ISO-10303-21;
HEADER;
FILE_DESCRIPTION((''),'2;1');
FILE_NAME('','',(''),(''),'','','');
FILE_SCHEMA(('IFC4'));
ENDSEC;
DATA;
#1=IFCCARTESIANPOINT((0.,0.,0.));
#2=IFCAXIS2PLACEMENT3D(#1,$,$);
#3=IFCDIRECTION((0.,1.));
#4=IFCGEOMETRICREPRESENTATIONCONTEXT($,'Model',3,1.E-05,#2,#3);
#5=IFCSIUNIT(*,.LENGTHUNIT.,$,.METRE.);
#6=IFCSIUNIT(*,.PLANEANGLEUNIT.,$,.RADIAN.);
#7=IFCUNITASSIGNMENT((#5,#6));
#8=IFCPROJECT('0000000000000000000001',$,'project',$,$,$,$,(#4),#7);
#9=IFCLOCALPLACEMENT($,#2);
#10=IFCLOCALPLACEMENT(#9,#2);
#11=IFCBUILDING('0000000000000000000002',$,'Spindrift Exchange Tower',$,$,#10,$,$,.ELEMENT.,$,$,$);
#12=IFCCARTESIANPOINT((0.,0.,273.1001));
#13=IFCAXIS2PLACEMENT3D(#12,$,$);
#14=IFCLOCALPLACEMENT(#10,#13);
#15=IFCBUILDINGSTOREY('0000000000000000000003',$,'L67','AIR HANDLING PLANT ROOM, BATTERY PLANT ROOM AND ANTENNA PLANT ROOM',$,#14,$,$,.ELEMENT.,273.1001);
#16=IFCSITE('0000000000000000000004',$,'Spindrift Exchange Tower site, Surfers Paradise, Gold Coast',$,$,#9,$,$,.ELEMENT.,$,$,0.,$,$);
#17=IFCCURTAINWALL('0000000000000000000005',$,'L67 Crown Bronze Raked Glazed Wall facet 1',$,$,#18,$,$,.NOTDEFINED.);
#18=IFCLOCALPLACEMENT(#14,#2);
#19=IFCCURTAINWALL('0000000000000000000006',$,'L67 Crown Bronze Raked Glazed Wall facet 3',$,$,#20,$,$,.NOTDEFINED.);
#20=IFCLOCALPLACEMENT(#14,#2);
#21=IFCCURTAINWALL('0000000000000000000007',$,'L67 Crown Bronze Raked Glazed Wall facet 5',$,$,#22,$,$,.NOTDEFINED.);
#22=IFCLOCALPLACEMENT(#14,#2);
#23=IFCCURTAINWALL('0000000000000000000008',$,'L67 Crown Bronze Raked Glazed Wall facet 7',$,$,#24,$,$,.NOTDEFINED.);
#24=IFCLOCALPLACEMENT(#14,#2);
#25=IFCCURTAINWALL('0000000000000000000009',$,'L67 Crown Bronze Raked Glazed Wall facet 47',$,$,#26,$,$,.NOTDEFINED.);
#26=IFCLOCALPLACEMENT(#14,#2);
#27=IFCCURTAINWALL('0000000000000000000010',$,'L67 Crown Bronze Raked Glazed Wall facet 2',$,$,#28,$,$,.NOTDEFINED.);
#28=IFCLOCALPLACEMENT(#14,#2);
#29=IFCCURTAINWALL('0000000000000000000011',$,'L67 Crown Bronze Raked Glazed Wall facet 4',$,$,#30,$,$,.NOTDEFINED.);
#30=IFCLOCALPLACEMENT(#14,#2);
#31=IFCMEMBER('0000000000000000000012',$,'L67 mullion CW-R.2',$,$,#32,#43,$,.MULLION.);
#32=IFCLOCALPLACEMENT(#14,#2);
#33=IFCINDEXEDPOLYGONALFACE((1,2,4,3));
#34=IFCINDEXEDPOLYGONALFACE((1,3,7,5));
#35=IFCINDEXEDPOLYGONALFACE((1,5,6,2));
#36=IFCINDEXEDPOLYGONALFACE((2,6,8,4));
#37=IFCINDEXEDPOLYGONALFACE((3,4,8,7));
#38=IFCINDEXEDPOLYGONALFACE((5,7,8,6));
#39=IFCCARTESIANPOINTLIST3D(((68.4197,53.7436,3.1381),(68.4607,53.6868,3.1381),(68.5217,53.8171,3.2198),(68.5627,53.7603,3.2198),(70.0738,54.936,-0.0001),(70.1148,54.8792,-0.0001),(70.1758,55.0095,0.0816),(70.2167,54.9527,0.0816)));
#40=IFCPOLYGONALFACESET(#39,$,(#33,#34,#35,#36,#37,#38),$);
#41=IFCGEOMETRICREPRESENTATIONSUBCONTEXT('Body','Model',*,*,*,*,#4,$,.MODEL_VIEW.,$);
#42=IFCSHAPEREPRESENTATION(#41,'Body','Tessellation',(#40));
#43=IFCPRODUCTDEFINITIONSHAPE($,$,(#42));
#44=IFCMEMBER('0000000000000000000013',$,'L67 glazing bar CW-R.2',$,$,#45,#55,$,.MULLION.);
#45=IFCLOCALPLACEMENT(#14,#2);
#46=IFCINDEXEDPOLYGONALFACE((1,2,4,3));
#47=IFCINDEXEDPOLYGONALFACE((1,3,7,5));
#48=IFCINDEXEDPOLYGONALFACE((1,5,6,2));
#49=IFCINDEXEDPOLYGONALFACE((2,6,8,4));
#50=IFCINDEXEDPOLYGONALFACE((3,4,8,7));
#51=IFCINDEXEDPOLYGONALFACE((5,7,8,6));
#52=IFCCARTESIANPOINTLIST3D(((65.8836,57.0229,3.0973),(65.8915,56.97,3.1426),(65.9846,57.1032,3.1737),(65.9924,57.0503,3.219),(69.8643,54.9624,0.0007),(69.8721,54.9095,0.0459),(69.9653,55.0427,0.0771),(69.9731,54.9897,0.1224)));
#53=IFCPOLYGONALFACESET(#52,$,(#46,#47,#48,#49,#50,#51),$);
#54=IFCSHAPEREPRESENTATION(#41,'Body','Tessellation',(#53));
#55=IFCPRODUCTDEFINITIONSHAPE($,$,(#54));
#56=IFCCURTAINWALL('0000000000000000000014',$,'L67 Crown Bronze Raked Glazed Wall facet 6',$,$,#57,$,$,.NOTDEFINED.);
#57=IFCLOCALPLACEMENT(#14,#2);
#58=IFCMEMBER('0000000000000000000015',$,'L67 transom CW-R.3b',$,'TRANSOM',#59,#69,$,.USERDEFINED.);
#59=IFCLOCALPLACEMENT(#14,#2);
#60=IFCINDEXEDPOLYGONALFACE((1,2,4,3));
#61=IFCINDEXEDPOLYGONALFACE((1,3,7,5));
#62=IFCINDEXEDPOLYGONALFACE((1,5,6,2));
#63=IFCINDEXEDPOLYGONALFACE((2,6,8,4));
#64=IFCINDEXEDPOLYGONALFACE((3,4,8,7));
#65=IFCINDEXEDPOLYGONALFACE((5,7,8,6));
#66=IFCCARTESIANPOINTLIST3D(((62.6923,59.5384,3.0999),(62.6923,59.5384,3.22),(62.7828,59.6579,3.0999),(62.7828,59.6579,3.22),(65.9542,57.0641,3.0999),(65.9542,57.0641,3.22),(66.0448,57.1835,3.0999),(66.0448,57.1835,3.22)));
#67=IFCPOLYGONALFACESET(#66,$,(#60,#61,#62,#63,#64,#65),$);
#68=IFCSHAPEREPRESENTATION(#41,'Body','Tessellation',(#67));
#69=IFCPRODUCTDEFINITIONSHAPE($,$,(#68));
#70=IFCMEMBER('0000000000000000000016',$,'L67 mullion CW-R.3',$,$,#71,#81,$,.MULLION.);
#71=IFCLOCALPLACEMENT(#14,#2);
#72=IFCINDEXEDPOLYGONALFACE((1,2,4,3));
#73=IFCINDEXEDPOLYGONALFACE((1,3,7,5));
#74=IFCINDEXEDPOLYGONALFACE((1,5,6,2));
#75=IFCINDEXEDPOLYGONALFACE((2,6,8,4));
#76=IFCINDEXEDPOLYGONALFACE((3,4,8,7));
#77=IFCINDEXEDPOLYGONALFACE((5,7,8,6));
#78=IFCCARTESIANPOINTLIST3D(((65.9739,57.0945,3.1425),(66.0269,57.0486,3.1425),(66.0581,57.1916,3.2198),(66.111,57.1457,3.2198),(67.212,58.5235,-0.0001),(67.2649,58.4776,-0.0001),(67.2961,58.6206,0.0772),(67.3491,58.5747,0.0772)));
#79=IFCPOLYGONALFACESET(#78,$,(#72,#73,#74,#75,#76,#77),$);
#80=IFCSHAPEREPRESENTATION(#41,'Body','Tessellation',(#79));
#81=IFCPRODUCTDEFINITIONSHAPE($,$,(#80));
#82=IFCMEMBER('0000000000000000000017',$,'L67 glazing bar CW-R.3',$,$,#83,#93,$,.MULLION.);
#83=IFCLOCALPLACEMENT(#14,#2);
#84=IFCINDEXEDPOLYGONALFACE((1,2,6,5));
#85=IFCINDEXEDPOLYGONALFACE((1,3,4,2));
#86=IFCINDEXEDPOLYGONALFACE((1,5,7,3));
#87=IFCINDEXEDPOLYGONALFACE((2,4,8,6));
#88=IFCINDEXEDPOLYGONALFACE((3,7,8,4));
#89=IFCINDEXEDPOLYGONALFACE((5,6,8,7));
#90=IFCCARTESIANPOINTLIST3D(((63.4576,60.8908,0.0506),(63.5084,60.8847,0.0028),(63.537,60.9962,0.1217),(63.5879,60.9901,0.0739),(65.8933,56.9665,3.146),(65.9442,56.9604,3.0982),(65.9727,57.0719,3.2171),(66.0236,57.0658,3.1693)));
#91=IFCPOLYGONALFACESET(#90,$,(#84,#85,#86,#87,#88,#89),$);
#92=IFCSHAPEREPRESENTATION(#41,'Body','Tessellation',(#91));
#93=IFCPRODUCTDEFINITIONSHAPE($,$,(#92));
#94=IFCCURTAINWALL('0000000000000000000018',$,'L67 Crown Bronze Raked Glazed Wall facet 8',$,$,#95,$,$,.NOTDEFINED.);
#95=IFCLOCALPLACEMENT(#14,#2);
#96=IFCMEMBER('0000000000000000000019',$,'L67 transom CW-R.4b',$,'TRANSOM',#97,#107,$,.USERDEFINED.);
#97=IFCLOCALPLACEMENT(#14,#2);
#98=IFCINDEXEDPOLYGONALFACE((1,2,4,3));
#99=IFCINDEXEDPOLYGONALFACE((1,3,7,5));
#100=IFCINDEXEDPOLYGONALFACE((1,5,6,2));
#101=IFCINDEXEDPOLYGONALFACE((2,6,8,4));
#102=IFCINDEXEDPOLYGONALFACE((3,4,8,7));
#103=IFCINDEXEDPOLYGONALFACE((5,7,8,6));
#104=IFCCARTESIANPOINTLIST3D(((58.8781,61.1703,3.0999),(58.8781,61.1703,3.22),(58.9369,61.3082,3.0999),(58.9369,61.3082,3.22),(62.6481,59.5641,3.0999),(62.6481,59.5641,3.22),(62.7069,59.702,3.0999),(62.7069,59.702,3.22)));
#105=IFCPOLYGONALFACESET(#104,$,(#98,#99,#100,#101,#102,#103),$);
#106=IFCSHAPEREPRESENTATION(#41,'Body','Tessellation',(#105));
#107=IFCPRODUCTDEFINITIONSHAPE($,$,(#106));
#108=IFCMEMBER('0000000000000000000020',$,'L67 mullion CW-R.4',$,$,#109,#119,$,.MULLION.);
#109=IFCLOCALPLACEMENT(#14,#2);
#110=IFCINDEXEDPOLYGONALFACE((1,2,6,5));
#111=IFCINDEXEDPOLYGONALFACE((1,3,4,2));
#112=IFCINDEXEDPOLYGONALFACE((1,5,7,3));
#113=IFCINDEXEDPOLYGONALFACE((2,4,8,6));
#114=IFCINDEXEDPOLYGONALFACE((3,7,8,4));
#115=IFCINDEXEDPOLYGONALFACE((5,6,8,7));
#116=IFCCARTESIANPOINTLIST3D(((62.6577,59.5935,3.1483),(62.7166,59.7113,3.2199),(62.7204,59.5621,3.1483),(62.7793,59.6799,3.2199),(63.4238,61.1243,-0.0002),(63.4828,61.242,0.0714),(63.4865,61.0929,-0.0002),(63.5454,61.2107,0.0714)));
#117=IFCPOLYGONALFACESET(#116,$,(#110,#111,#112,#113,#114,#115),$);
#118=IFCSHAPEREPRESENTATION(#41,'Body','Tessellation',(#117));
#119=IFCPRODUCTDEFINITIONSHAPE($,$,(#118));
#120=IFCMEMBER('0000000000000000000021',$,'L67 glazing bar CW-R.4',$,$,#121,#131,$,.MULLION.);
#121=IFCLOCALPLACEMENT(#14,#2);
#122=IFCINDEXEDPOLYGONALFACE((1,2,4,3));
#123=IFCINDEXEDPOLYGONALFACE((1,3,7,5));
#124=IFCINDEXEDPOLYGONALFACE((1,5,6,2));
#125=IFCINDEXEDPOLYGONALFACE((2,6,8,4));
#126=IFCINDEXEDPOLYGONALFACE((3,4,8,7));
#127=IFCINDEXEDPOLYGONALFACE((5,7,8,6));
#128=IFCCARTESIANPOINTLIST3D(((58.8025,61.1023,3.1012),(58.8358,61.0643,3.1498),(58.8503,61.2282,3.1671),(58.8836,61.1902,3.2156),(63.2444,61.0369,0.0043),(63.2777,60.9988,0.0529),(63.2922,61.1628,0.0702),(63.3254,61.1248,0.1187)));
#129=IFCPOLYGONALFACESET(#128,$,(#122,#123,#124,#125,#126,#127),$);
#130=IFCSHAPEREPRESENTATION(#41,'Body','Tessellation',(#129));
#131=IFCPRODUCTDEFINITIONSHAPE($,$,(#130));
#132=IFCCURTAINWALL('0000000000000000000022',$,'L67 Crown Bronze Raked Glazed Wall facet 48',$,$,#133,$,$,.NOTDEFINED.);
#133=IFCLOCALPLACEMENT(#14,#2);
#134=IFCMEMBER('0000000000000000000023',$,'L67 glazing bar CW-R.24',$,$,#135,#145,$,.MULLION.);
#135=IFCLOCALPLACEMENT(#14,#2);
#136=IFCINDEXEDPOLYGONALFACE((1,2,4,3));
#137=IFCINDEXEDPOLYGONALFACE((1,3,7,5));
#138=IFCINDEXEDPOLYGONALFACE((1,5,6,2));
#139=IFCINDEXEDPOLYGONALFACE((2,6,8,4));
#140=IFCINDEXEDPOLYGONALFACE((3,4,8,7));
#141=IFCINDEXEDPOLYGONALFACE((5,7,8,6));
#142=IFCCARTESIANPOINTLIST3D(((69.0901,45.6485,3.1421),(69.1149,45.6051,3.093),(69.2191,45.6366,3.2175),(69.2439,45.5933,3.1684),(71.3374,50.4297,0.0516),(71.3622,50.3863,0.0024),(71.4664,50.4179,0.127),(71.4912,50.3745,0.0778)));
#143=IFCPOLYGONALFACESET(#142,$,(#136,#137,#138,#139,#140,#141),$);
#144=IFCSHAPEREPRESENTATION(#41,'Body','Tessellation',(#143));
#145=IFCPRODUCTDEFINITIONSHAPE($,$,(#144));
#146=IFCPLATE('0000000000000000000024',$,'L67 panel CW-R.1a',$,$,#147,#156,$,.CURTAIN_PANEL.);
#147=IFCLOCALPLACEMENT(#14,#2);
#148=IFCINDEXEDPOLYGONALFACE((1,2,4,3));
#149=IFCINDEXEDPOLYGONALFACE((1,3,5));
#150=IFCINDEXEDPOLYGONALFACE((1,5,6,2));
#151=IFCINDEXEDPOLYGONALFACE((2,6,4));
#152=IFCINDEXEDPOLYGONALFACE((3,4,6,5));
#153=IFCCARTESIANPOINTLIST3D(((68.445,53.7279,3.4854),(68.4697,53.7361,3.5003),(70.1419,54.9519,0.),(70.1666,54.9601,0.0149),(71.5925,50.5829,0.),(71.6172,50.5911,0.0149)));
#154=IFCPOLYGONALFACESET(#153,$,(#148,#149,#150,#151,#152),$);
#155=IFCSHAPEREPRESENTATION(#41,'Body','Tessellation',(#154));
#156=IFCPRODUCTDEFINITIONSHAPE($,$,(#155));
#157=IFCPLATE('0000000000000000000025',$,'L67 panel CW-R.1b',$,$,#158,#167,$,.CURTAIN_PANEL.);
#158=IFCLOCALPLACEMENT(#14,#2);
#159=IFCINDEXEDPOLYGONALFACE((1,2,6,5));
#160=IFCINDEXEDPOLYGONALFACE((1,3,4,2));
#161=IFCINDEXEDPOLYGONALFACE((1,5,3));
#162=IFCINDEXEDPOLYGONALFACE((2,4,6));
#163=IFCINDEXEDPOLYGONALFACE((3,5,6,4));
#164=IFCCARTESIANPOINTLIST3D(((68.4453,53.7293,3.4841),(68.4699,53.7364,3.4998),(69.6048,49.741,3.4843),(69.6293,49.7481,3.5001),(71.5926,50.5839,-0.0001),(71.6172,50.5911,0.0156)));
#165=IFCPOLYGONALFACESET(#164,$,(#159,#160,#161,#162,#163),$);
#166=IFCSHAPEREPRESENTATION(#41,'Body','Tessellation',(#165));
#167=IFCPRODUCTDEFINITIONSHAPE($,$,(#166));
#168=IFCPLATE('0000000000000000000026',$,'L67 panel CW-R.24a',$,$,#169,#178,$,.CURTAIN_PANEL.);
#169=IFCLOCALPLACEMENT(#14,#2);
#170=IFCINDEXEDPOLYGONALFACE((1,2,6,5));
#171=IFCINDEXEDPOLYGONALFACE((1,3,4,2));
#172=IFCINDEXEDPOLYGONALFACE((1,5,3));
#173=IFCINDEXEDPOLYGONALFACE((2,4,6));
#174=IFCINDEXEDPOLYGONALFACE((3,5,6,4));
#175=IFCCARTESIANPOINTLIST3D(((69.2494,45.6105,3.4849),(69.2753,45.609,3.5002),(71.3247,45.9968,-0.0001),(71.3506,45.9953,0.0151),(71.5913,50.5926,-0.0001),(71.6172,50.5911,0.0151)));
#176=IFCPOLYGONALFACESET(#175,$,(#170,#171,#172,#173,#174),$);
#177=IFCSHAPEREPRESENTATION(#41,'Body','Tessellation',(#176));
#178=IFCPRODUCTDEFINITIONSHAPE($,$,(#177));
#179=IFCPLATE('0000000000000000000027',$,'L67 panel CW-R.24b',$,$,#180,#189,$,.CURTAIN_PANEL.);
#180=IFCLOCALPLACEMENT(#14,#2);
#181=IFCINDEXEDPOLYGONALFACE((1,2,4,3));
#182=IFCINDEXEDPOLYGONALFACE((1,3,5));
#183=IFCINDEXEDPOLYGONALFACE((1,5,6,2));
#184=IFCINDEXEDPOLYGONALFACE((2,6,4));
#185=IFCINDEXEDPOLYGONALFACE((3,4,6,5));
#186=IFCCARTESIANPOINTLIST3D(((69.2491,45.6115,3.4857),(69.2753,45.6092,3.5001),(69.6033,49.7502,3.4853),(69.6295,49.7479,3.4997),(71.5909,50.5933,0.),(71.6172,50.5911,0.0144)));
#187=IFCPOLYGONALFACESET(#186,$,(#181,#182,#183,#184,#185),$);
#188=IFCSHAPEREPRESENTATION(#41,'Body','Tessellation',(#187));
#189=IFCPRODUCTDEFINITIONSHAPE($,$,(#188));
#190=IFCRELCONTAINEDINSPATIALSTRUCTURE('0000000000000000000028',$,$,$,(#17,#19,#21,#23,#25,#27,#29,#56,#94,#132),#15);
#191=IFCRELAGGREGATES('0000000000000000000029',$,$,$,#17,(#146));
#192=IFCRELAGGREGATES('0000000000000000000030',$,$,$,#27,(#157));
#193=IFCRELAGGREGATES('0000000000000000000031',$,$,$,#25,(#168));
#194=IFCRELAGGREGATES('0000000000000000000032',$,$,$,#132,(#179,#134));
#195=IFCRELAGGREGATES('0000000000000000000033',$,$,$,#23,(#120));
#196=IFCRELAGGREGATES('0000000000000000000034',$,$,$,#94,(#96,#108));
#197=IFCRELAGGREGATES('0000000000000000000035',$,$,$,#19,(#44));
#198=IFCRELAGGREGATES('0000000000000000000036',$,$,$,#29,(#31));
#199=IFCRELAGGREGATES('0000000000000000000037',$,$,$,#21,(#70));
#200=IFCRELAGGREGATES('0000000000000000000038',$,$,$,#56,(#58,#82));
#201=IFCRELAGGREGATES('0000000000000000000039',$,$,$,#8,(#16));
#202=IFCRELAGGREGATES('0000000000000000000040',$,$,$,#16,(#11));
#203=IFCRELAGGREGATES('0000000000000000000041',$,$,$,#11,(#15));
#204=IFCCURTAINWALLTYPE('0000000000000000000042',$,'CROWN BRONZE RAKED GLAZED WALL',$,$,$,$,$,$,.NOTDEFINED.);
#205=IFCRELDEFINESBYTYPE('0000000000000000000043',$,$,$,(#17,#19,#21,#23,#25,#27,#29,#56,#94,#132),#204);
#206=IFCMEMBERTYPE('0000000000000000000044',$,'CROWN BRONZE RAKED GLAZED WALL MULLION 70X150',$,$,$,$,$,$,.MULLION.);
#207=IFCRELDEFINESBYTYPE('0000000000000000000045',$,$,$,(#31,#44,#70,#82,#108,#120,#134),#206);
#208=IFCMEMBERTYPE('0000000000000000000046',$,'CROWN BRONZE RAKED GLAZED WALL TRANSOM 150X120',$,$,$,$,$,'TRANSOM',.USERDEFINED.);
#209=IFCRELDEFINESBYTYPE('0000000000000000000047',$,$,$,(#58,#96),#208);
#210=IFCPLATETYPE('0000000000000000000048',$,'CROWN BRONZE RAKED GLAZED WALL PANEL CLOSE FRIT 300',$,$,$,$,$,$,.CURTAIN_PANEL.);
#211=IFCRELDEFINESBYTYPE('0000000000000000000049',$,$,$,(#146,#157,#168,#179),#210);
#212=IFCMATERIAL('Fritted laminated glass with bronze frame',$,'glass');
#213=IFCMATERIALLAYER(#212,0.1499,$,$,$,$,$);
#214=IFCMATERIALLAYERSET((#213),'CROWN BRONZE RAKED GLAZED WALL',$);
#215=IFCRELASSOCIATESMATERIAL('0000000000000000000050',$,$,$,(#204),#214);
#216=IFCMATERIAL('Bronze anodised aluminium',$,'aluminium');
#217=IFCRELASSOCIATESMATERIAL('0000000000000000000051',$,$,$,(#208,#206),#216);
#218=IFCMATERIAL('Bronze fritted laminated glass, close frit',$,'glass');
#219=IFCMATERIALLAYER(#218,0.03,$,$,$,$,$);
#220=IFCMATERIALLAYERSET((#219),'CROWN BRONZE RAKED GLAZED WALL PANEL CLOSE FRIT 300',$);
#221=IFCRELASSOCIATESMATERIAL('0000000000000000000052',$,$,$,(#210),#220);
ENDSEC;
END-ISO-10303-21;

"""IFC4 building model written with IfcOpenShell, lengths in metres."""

from ifc_helpers import new_model, si_unit, direction, frame, origin, origin_2d, place, context, subcontext, project, spatial, line, indexed_curve, rectangle, outline, extrude, source, transform, mapped, material, layer, layer_set, material_profile, profile_set, type_object, element, aggregate, save


model = new_model("IFC4")

# Units and contexts
model_context = context("Model", 3, precision=1e-05, world=origin(), true_north=direction((0.0, 1.0)))
body_context = subcontext(model_context, "Body", "Model", "MODEL_VIEW")
ifc_project = project(units=[si_unit("LENGTHUNIT", "METRE"), si_unit("PLANEANGLEUNIT", "RADIAN")], contexts=[model_context])

# Site, building, storey
site_placement = place(None, origin())
site = spatial("IfcSite", under=ifc_project, at=site_placement, Name="Spindrift Exchange Tower site, Surfers Paradise, Gold Coast", CompositionType="ELEMENT", RefElevation=0.0)
building_placement = place(site_placement, origin())
building = spatial("IfcBuilding", under=site, at=building_placement, Name="Spindrift Exchange Tower", CompositionType="ELEMENT")
storey_placement = place(building_placement, frame((0.0, 0.0, 273.1001)))
storey = spatial("IfcBuildingStorey", under=building, at=storey_placement, Name="L67", Description="AIR HANDLING PLANT ROOM, BATTERY PLANT ROOM AND ANTENNA PLANT ROOM", CompositionType="ELEMENT", Elevation=273.1001)

# Curtain walls
ifc_material_1 = material(Name="Fritted laminated glass with bronze frame", Category="glass")
ifc_layer_1 = layer(ifc_material_1, 0.1499)
ifc_layer_set_1 = layer_set([ifc_layer_1], Name="CROWN BRONZE RAKED GLAZED WALL")
curtain_wall_type = type_object("IfcCurtainWallType", Name="CROWN BRONZE RAKED GLAZED WALL", PredefinedType="NOTDEFINED", material=ifc_layer_set_1)
curtain_wall_1_placement = place(storey_placement, origin())
curtain_wall_1 = element("IfcCurtainWall", 1, at=curtain_wall_1_placement, inside=storey, type_object=curtain_wall_type, Name="L67 Crown Bronze Raked Glazed Wall facet 1", PredefinedType="NOTDEFINED")
ifc_material_2 = material(Name="Bronze anodised aluminium", Category="aluminium")
ifc_material_profile_1 = material_profile(ifc_material_2, rectangle(XDim=0.1499, YDim=0.1201, at=origin_2d()), Name="CROWN BRONZE RAKED GLAZED WALL TRANSOM 150X120")
ifc_profile_set_1 = profile_set([ifc_material_profile_1], Name="Bronze anodised aluminium")
member_type_1 = type_object("IfcMemberType", Name="CROWN BRONZE RAKED GLAZED WALL TRANSOM 150X120", ElementType="TRANSOM", PredefinedType="USERDEFINED", material=ifc_profile_set_1)
curtain_wall_2_placement = place(storey_placement, origin())
curtain_wall_2 = element("IfcCurtainWall", 2, at=curtain_wall_2_placement, inside=storey, type_object=curtain_wall_type, Name="L67 Crown Bronze Raked Glazed Wall facet 3", PredefinedType="NOTDEFINED")
curtain_wall_3_placement = place(storey_placement, origin())
curtain_wall_3 = element("IfcCurtainWall", 3, at=curtain_wall_3_placement, inside=storey, type_object=curtain_wall_type, Name="L67 Crown Bronze Raked Glazed Wall facet 5", PredefinedType="NOTDEFINED")
curtain_wall_4_placement = place(storey_placement, origin())
curtain_wall_4 = element("IfcCurtainWall", 4, at=curtain_wall_4_placement, inside=storey, type_object=curtain_wall_type, Name="L67 Crown Bronze Raked Glazed Wall facet 7", PredefinedType="NOTDEFINED")
curtain_wall_5_placement = place(storey_placement, origin())
curtain_wall_5 = element("IfcCurtainWall", 5, at=curtain_wall_5_placement, inside=storey, type_object=curtain_wall_type, Name="L67 Crown Bronze Raked Glazed Wall facet 47", PredefinedType="NOTDEFINED")

# Curtain wall
curtain_wall_6_placement = place(storey_placement, origin())
curtain_wall_6 = element("IfcCurtainWall", 6, at=curtain_wall_6_placement, inside=storey, type_object=curtain_wall_type, Name="L67 Crown Bronze Raked Glazed Wall facet 2", PredefinedType="NOTDEFINED")
ifc_material_profile_2 = material_profile(ifc_material_2, rectangle(XDim=0.0701, YDim=0.1499, at=origin_2d()), Name="CROWN BRONZE RAKED GLAZED WALL MULLION 70X150")
ifc_profile_set_2 = profile_set([ifc_material_profile_2], Name="Bronze anodised aluminium")
member_type_2 = type_object("IfcMemberType", Name="CROWN BRONZE RAKED GLAZED WALL MULLION 70X150", PredefinedType="MULLION", material=ifc_profile_set_2)

# Curtain wall, member
curtain_wall_7_placement = place(storey_placement, origin())
curtain_wall_7 = element("IfcCurtainWall", 7, at=curtain_wall_7_placement, inside=storey, type_object=curtain_wall_type, Name="L67 Crown Bronze Raked Glazed Wall facet 4", PredefinedType="NOTDEFINED")
shared_shape_1 = source(origin(), body_context, "Body", "SweptSolid", [
    extrude(rectangle(XDim=0.0701, YDim=0.1499, at=origin_2d()), origin(), (0.0, 0.0, 1.0), 3.7424),
])
member_1_placement = place(storey_placement, frame((70.1453, 54.9443, 0.0408), z_axis=(-0.441972, -0.318611, 0.838539), x_axis=(0.584778, -0.811194, 0.0)))
member_1 = element("IfcMember", 8, at=member_1_placement, type_object=member_type_2, Name="L67 mullion CW-R.2", PredefinedType="MULLION", context=body_context, shape_type="MappedRepresentation", body=[
    mapped(shared_shape_1, transform((0.0, 0.0, 0.0), scale=1.0)),
])

# Member
shared_shape_2 = source(origin(), body_context, "Body", "SweptSolid", [
    extrude(rectangle(XDim=0.0701, YDim=0.1499, at=origin_2d()), origin(), (0.0, 0.0, 1.0), 5.448),
])
member_2_placement = place(storey_placement, frame((69.9187, 54.9761, 0.0615), z_axis=(-0.730666, 0.378217, 0.5684), x_axis=(0.111432, -0.755307, 0.645829)))
member_2 = element("IfcMember", 9, at=member_2_placement, type_object=member_type_2, Name="L67 glazing bar CW-R.2", PredefinedType="MULLION", context=body_context, shape_type="MappedRepresentation", body=[
    mapped(shared_shape_2, transform((0.0, 0.0, 0.0), scale=1.0)),
])

# Curtain wall, member
curtain_wall_8_placement = place(storey_placement, origin())
curtain_wall_8 = element("IfcCurtainWall", 10, at=curtain_wall_8_placement, inside=storey, type_object=curtain_wall_type, Name="L67 Crown Bronze Raked Glazed Wall facet 6", PredefinedType="NOTDEFINED")
shared_shape_3 = source(origin(), body_context, "Body", "SweptSolid", [
    extrude(rectangle(XDim=0.1499, YDim=0.1201, at=origin_2d()), origin(), (0.0, 0.0, 1.0), 4.0942),
])
member_3_placement = place(storey_placement, frame((62.7375, 59.5981, 3.1599), z_axis=(0.796718, -0.604351, 0.0), x_axis=(0.604351, 0.796718, 0.0)))
member_3 = element("IfcMember", 11, at=member_3_placement, type_object=member_type_1, Name="L67 transom CW-R.3b", ObjectType="TRANSOM", PredefinedType="USERDEFINED", context=body_context, shape_type="MappedRepresentation", body=[
    mapped(shared_shape_3, transform((0.0, 0.0, 0.0), scale=1.0)),
])

# Members
shared_shape_4 = source(origin(), body_context, "Body", "SweptSolid", [
    extrude(rectangle(XDim=0.0701, YDim=0.1499, at=origin_2d()), origin(), (0.0, 0.0, 1.0), 3.6675),
])
member_4_placement = place(storey_placement, frame((67.2805, 58.5491, 0.0386), z_axis=(-0.337571, -0.389628, 0.856876), x_axis=(0.755791, -0.654813, 0.0)))
member_4 = element("IfcMember", 12, at=member_4_placement, type_object=member_type_2, Name="L67 mullion CW-R.3", PredefinedType="MULLION", context=body_context, shape_type="MappedRepresentation", body=[
    mapped(shared_shape_4, transform((0.0, 0.0, 0.0), scale=1.0)),
])
shared_shape_5 = source(origin(), body_context, "Body", "SweptSolid", [
    extrude(rectangle(XDim=0.0701, YDim=0.1499, at=origin_2d()), origin(), (0.0, 0.0, 1.0), 5.5601),
])
member_5_placement = place(storey_placement, frame((63.5227, 60.9404, 0.0623), z_axis=(0.438081, -0.705794, 0.556723), x_axis=(0.7262, -0.087157, -0.681936)))
member_5 = element("IfcMember", 13, at=member_5_placement, type_object=member_type_2, Name="L67 glazing bar CW-R.3", PredefinedType="MULLION", context=body_context, shape_type="MappedRepresentation", body=[
    mapped(shared_shape_5, transform((0.0, 0.0, 0.0), scale=1.0)),
])

# Curtain wall, members
curtain_wall_9_placement = place(storey_placement, origin())
curtain_wall_9 = element("IfcCurtainWall", 14, at=curtain_wall_9_placement, inside=storey, type_object=curtain_wall_type, Name="L67 Crown Bronze Raked Glazed Wall facet 8", PredefinedType="NOTDEFINED")
shared_shape_6 = source(origin(), body_context, "Body", "SweptSolid", [
    extrude(rectangle(XDim=0.1499, YDim=0.1201, at=origin_2d()), origin(), (0.0, 0.0, 1.0), 4.0979),
])
member_6_placement = place(storey_placement, frame((62.6775, 59.6331, 3.1599), z_axis=(-0.919984, 0.391955, 0.0), x_axis=(-0.391955, -0.919984, 0.0)))
member_6 = element("IfcMember", 15, at=member_6_placement, type_object=member_type_1, Name="L67 transom CW-R.4b", ObjectType="TRANSOM", PredefinedType="USERDEFINED", context=body_context, shape_type="MappedRepresentation", body=[
    mapped(shared_shape_6, transform((0.0, 0.0, 0.0), scale=1.0)),
])
shared_shape_7 = source(origin(), body_context, "Body", "SweptSolid", [
    extrude(rectangle(XDim=0.0701, YDim=0.1499, at=origin_2d()), origin(), (0.0, 0.0, 1.0), 3.5837),
])
member_7_placement = place(storey_placement, frame((63.4846, 61.1675, 0.0356), z_axis=(-0.213778, -0.427147, 0.878547), x_axis=(0.894256, -0.447556, 0.0)))
member_7 = element("IfcMember", 16, at=member_7_placement, type_object=member_type_2, Name="L67 mullion CW-R.4", PredefinedType="MULLION", context=body_context, shape_type="MappedRepresentation", body=[
    mapped(shared_shape_7, transform((0.0, 0.0, 0.0), scale=1.0)),
])

# Member
shared_shape_8 = source(origin(), body_context, "Body", "SweptSolid", [
    extrude(rectangle(XDim=0.0701, YDim=0.1499, at=origin_2d()), origin(), (0.0, 0.0, 1.0), 5.4153),
])
member_8_placement = place(storey_placement, frame((63.2849, 61.0808, 0.0615), z_axis=(-0.820247, 0.012082, 0.571882), x_axis=(0.475028, -0.542574, 0.692793)))
member_8 = element("IfcMember", 17, at=member_8_placement, type_object=member_type_2, Name="L67 glazing bar CW-R.4", PredefinedType="MULLION", context=body_context, shape_type="MappedRepresentation", body=[
    mapped(shared_shape_8, transform((0.0, 0.0, 0.0), scale=1.0)),
])

# Curtain wall, member
curtain_wall_10_placement = place(storey_placement, origin())
curtain_wall_10 = element("IfcCurtainWall", 18, at=curtain_wall_10_placement, inside=storey, type_object=curtain_wall_type, Name="L67 Crown Bronze Raked Glazed Wall facet 48", PredefinedType="NOTDEFINED")
shared_shape_9 = source(origin(), body_context, "Body", "SweptSolid", [
    extrude(rectangle(XDim=0.0701, YDim=0.1499, at=origin_2d()), origin(), (0.0, 0.0, 1.0), 6.1206),
])
member_9_placement = place(storey_placement, frame((71.4143, 50.4021, 0.0647), z_axis=(-0.367169, -0.781166, 0.504942), x_axis=(0.353042, -0.619274, -0.701328)))
member_9 = element("IfcMember", 19, at=member_9_placement, type_object=member_type_2, Name="L67 glazing bar CW-R.24", PredefinedType="MULLION", context=body_context, shape_type="MappedRepresentation", body=[
    mapped(shared_shape_9, transform((0.0, 0.0, 0.0), scale=1.0)),
])

# Plates
ifc_material_3 = material(Name="Bronze fritted laminated glass, close frit", Category="glass")
ifc_layer_2 = layer(ifc_material_3, 0.03)
ifc_layer_set_2 = layer_set([ifc_layer_2], Name="CROWN BRONZE RAKED GLAZED WALL PANEL CLOSE FRIT 300")
plate_type_1 = type_object("IfcPlateType", Name="CROWN BRONZE RAKED GLAZED WALL PANEL CLOSE FRIT 300", PredefinedType="CURTAIN_PANEL", material=ifc_layer_set_2)
plate_1_placement = place(storey_placement, frame((71.6172, 50.5911, 0.0149), z_axis=(0.823556, 0.27343, 0.496982), x_axis=(-0.315098, 0.949059, 0.0)))
plate_1 = element("IfcPlate", 20, at=plate_1_placement, type_object=plate_type_1, Name="L67 panel CW-R.1a", PredefinedType="CURTAIN_PANEL", context=body_context, shape_type="SweptSolid", body=[
    extrude(outline(indexed_curve([(0.0, 0.0), (4.6035, 0.0), (3.9766, 4.0166)], segments=[line(1, 2, 3, 1)], self_intersect=False)), origin(), (0.0, 0.0, -1.0), 0.03),
])
aggregate(curtain_wall_1, [plate_1])
plate_2_placement = place(storey_placement, frame((71.6172, 50.5911, 0.0156), z_axis=(0.817805, 0.237778, 0.524076), x_axis=(-0.556906, 0.556561, 0.616519)))
plate_2 = element("IfcPlate", 21, at=plate_2_placement, type_object=plate_type_1, Name="L67 panel CW-R.1b", PredefinedType="CURTAIN_PANEL", context=body_context, shape_type="SweptSolid", body=[
    extrude(outline(indexed_curve([(0.0, 0.0), (5.6514, 0.0), (2.7861, 3.0068)], segments=[line(1, 2, 3, 1)], self_intersect=False)), origin(), (0.0, 0.0, -1.0), 0.03),
])
aggregate(curtain_wall_6, [plate_2])
plate_3_placement = place(storey_placement, frame((71.6172, 50.5911, 0.0151), z_axis=(0.860548, -0.049921, 0.506917), x_axis=(-0.057914, -0.998322, 0.0)))
plate_3 = element("IfcPlate", 22, at=plate_3_placement, type_object=plate_type_1, Name="L67 panel CW-R.24a", PredefinedType="CURTAIN_PANEL", context=body_context, shape_type="SweptSolid", body=[
    extrude(outline(indexed_curve([(0.0, 0.0), (4.6035, 0.0), (5.1094, -4.043)], segments=[line(1, 2, 3, 1)], self_intersect=False)), origin(), (0.0, 0.0, -1.0), 0.03),
])
aggregate(curtain_wall_5, [plate_3])
plate_4_placement = place(storey_placement, frame((71.6172, 50.5911, 0.0144), z_axis=(0.873912, -0.074751, 0.480302), x_axis=(-0.359424, -0.764601, 0.534977)))
plate_4 = element("IfcPlate", 23, at=plate_4_placement, type_object=plate_type_1, Name="L67 panel CW-R.24b", PredefinedType="CURTAIN_PANEL", context=body_context, shape_type="SweptSolid", body=[
    extrude(outline(indexed_curve([(0.0, 0.0), (6.5156, 0.0), (3.2236, -2.5332)], segments=[line(1, 2, 3, 1)], self_intersect=False)), origin(), (0.0, 0.0, -1.0), 0.03),
])
aggregate(curtain_wall_10, [plate_4, member_9])
aggregate(curtain_wall_4, [member_8])
aggregate(curtain_wall_9, [member_6, member_7])
aggregate(curtain_wall_2, [member_2])
aggregate(curtain_wall_7, [member_1])
aggregate(curtain_wall_3, [member_4])
aggregate(curtain_wall_8, [member_3, member_5])

save(model, "model.ifc")
